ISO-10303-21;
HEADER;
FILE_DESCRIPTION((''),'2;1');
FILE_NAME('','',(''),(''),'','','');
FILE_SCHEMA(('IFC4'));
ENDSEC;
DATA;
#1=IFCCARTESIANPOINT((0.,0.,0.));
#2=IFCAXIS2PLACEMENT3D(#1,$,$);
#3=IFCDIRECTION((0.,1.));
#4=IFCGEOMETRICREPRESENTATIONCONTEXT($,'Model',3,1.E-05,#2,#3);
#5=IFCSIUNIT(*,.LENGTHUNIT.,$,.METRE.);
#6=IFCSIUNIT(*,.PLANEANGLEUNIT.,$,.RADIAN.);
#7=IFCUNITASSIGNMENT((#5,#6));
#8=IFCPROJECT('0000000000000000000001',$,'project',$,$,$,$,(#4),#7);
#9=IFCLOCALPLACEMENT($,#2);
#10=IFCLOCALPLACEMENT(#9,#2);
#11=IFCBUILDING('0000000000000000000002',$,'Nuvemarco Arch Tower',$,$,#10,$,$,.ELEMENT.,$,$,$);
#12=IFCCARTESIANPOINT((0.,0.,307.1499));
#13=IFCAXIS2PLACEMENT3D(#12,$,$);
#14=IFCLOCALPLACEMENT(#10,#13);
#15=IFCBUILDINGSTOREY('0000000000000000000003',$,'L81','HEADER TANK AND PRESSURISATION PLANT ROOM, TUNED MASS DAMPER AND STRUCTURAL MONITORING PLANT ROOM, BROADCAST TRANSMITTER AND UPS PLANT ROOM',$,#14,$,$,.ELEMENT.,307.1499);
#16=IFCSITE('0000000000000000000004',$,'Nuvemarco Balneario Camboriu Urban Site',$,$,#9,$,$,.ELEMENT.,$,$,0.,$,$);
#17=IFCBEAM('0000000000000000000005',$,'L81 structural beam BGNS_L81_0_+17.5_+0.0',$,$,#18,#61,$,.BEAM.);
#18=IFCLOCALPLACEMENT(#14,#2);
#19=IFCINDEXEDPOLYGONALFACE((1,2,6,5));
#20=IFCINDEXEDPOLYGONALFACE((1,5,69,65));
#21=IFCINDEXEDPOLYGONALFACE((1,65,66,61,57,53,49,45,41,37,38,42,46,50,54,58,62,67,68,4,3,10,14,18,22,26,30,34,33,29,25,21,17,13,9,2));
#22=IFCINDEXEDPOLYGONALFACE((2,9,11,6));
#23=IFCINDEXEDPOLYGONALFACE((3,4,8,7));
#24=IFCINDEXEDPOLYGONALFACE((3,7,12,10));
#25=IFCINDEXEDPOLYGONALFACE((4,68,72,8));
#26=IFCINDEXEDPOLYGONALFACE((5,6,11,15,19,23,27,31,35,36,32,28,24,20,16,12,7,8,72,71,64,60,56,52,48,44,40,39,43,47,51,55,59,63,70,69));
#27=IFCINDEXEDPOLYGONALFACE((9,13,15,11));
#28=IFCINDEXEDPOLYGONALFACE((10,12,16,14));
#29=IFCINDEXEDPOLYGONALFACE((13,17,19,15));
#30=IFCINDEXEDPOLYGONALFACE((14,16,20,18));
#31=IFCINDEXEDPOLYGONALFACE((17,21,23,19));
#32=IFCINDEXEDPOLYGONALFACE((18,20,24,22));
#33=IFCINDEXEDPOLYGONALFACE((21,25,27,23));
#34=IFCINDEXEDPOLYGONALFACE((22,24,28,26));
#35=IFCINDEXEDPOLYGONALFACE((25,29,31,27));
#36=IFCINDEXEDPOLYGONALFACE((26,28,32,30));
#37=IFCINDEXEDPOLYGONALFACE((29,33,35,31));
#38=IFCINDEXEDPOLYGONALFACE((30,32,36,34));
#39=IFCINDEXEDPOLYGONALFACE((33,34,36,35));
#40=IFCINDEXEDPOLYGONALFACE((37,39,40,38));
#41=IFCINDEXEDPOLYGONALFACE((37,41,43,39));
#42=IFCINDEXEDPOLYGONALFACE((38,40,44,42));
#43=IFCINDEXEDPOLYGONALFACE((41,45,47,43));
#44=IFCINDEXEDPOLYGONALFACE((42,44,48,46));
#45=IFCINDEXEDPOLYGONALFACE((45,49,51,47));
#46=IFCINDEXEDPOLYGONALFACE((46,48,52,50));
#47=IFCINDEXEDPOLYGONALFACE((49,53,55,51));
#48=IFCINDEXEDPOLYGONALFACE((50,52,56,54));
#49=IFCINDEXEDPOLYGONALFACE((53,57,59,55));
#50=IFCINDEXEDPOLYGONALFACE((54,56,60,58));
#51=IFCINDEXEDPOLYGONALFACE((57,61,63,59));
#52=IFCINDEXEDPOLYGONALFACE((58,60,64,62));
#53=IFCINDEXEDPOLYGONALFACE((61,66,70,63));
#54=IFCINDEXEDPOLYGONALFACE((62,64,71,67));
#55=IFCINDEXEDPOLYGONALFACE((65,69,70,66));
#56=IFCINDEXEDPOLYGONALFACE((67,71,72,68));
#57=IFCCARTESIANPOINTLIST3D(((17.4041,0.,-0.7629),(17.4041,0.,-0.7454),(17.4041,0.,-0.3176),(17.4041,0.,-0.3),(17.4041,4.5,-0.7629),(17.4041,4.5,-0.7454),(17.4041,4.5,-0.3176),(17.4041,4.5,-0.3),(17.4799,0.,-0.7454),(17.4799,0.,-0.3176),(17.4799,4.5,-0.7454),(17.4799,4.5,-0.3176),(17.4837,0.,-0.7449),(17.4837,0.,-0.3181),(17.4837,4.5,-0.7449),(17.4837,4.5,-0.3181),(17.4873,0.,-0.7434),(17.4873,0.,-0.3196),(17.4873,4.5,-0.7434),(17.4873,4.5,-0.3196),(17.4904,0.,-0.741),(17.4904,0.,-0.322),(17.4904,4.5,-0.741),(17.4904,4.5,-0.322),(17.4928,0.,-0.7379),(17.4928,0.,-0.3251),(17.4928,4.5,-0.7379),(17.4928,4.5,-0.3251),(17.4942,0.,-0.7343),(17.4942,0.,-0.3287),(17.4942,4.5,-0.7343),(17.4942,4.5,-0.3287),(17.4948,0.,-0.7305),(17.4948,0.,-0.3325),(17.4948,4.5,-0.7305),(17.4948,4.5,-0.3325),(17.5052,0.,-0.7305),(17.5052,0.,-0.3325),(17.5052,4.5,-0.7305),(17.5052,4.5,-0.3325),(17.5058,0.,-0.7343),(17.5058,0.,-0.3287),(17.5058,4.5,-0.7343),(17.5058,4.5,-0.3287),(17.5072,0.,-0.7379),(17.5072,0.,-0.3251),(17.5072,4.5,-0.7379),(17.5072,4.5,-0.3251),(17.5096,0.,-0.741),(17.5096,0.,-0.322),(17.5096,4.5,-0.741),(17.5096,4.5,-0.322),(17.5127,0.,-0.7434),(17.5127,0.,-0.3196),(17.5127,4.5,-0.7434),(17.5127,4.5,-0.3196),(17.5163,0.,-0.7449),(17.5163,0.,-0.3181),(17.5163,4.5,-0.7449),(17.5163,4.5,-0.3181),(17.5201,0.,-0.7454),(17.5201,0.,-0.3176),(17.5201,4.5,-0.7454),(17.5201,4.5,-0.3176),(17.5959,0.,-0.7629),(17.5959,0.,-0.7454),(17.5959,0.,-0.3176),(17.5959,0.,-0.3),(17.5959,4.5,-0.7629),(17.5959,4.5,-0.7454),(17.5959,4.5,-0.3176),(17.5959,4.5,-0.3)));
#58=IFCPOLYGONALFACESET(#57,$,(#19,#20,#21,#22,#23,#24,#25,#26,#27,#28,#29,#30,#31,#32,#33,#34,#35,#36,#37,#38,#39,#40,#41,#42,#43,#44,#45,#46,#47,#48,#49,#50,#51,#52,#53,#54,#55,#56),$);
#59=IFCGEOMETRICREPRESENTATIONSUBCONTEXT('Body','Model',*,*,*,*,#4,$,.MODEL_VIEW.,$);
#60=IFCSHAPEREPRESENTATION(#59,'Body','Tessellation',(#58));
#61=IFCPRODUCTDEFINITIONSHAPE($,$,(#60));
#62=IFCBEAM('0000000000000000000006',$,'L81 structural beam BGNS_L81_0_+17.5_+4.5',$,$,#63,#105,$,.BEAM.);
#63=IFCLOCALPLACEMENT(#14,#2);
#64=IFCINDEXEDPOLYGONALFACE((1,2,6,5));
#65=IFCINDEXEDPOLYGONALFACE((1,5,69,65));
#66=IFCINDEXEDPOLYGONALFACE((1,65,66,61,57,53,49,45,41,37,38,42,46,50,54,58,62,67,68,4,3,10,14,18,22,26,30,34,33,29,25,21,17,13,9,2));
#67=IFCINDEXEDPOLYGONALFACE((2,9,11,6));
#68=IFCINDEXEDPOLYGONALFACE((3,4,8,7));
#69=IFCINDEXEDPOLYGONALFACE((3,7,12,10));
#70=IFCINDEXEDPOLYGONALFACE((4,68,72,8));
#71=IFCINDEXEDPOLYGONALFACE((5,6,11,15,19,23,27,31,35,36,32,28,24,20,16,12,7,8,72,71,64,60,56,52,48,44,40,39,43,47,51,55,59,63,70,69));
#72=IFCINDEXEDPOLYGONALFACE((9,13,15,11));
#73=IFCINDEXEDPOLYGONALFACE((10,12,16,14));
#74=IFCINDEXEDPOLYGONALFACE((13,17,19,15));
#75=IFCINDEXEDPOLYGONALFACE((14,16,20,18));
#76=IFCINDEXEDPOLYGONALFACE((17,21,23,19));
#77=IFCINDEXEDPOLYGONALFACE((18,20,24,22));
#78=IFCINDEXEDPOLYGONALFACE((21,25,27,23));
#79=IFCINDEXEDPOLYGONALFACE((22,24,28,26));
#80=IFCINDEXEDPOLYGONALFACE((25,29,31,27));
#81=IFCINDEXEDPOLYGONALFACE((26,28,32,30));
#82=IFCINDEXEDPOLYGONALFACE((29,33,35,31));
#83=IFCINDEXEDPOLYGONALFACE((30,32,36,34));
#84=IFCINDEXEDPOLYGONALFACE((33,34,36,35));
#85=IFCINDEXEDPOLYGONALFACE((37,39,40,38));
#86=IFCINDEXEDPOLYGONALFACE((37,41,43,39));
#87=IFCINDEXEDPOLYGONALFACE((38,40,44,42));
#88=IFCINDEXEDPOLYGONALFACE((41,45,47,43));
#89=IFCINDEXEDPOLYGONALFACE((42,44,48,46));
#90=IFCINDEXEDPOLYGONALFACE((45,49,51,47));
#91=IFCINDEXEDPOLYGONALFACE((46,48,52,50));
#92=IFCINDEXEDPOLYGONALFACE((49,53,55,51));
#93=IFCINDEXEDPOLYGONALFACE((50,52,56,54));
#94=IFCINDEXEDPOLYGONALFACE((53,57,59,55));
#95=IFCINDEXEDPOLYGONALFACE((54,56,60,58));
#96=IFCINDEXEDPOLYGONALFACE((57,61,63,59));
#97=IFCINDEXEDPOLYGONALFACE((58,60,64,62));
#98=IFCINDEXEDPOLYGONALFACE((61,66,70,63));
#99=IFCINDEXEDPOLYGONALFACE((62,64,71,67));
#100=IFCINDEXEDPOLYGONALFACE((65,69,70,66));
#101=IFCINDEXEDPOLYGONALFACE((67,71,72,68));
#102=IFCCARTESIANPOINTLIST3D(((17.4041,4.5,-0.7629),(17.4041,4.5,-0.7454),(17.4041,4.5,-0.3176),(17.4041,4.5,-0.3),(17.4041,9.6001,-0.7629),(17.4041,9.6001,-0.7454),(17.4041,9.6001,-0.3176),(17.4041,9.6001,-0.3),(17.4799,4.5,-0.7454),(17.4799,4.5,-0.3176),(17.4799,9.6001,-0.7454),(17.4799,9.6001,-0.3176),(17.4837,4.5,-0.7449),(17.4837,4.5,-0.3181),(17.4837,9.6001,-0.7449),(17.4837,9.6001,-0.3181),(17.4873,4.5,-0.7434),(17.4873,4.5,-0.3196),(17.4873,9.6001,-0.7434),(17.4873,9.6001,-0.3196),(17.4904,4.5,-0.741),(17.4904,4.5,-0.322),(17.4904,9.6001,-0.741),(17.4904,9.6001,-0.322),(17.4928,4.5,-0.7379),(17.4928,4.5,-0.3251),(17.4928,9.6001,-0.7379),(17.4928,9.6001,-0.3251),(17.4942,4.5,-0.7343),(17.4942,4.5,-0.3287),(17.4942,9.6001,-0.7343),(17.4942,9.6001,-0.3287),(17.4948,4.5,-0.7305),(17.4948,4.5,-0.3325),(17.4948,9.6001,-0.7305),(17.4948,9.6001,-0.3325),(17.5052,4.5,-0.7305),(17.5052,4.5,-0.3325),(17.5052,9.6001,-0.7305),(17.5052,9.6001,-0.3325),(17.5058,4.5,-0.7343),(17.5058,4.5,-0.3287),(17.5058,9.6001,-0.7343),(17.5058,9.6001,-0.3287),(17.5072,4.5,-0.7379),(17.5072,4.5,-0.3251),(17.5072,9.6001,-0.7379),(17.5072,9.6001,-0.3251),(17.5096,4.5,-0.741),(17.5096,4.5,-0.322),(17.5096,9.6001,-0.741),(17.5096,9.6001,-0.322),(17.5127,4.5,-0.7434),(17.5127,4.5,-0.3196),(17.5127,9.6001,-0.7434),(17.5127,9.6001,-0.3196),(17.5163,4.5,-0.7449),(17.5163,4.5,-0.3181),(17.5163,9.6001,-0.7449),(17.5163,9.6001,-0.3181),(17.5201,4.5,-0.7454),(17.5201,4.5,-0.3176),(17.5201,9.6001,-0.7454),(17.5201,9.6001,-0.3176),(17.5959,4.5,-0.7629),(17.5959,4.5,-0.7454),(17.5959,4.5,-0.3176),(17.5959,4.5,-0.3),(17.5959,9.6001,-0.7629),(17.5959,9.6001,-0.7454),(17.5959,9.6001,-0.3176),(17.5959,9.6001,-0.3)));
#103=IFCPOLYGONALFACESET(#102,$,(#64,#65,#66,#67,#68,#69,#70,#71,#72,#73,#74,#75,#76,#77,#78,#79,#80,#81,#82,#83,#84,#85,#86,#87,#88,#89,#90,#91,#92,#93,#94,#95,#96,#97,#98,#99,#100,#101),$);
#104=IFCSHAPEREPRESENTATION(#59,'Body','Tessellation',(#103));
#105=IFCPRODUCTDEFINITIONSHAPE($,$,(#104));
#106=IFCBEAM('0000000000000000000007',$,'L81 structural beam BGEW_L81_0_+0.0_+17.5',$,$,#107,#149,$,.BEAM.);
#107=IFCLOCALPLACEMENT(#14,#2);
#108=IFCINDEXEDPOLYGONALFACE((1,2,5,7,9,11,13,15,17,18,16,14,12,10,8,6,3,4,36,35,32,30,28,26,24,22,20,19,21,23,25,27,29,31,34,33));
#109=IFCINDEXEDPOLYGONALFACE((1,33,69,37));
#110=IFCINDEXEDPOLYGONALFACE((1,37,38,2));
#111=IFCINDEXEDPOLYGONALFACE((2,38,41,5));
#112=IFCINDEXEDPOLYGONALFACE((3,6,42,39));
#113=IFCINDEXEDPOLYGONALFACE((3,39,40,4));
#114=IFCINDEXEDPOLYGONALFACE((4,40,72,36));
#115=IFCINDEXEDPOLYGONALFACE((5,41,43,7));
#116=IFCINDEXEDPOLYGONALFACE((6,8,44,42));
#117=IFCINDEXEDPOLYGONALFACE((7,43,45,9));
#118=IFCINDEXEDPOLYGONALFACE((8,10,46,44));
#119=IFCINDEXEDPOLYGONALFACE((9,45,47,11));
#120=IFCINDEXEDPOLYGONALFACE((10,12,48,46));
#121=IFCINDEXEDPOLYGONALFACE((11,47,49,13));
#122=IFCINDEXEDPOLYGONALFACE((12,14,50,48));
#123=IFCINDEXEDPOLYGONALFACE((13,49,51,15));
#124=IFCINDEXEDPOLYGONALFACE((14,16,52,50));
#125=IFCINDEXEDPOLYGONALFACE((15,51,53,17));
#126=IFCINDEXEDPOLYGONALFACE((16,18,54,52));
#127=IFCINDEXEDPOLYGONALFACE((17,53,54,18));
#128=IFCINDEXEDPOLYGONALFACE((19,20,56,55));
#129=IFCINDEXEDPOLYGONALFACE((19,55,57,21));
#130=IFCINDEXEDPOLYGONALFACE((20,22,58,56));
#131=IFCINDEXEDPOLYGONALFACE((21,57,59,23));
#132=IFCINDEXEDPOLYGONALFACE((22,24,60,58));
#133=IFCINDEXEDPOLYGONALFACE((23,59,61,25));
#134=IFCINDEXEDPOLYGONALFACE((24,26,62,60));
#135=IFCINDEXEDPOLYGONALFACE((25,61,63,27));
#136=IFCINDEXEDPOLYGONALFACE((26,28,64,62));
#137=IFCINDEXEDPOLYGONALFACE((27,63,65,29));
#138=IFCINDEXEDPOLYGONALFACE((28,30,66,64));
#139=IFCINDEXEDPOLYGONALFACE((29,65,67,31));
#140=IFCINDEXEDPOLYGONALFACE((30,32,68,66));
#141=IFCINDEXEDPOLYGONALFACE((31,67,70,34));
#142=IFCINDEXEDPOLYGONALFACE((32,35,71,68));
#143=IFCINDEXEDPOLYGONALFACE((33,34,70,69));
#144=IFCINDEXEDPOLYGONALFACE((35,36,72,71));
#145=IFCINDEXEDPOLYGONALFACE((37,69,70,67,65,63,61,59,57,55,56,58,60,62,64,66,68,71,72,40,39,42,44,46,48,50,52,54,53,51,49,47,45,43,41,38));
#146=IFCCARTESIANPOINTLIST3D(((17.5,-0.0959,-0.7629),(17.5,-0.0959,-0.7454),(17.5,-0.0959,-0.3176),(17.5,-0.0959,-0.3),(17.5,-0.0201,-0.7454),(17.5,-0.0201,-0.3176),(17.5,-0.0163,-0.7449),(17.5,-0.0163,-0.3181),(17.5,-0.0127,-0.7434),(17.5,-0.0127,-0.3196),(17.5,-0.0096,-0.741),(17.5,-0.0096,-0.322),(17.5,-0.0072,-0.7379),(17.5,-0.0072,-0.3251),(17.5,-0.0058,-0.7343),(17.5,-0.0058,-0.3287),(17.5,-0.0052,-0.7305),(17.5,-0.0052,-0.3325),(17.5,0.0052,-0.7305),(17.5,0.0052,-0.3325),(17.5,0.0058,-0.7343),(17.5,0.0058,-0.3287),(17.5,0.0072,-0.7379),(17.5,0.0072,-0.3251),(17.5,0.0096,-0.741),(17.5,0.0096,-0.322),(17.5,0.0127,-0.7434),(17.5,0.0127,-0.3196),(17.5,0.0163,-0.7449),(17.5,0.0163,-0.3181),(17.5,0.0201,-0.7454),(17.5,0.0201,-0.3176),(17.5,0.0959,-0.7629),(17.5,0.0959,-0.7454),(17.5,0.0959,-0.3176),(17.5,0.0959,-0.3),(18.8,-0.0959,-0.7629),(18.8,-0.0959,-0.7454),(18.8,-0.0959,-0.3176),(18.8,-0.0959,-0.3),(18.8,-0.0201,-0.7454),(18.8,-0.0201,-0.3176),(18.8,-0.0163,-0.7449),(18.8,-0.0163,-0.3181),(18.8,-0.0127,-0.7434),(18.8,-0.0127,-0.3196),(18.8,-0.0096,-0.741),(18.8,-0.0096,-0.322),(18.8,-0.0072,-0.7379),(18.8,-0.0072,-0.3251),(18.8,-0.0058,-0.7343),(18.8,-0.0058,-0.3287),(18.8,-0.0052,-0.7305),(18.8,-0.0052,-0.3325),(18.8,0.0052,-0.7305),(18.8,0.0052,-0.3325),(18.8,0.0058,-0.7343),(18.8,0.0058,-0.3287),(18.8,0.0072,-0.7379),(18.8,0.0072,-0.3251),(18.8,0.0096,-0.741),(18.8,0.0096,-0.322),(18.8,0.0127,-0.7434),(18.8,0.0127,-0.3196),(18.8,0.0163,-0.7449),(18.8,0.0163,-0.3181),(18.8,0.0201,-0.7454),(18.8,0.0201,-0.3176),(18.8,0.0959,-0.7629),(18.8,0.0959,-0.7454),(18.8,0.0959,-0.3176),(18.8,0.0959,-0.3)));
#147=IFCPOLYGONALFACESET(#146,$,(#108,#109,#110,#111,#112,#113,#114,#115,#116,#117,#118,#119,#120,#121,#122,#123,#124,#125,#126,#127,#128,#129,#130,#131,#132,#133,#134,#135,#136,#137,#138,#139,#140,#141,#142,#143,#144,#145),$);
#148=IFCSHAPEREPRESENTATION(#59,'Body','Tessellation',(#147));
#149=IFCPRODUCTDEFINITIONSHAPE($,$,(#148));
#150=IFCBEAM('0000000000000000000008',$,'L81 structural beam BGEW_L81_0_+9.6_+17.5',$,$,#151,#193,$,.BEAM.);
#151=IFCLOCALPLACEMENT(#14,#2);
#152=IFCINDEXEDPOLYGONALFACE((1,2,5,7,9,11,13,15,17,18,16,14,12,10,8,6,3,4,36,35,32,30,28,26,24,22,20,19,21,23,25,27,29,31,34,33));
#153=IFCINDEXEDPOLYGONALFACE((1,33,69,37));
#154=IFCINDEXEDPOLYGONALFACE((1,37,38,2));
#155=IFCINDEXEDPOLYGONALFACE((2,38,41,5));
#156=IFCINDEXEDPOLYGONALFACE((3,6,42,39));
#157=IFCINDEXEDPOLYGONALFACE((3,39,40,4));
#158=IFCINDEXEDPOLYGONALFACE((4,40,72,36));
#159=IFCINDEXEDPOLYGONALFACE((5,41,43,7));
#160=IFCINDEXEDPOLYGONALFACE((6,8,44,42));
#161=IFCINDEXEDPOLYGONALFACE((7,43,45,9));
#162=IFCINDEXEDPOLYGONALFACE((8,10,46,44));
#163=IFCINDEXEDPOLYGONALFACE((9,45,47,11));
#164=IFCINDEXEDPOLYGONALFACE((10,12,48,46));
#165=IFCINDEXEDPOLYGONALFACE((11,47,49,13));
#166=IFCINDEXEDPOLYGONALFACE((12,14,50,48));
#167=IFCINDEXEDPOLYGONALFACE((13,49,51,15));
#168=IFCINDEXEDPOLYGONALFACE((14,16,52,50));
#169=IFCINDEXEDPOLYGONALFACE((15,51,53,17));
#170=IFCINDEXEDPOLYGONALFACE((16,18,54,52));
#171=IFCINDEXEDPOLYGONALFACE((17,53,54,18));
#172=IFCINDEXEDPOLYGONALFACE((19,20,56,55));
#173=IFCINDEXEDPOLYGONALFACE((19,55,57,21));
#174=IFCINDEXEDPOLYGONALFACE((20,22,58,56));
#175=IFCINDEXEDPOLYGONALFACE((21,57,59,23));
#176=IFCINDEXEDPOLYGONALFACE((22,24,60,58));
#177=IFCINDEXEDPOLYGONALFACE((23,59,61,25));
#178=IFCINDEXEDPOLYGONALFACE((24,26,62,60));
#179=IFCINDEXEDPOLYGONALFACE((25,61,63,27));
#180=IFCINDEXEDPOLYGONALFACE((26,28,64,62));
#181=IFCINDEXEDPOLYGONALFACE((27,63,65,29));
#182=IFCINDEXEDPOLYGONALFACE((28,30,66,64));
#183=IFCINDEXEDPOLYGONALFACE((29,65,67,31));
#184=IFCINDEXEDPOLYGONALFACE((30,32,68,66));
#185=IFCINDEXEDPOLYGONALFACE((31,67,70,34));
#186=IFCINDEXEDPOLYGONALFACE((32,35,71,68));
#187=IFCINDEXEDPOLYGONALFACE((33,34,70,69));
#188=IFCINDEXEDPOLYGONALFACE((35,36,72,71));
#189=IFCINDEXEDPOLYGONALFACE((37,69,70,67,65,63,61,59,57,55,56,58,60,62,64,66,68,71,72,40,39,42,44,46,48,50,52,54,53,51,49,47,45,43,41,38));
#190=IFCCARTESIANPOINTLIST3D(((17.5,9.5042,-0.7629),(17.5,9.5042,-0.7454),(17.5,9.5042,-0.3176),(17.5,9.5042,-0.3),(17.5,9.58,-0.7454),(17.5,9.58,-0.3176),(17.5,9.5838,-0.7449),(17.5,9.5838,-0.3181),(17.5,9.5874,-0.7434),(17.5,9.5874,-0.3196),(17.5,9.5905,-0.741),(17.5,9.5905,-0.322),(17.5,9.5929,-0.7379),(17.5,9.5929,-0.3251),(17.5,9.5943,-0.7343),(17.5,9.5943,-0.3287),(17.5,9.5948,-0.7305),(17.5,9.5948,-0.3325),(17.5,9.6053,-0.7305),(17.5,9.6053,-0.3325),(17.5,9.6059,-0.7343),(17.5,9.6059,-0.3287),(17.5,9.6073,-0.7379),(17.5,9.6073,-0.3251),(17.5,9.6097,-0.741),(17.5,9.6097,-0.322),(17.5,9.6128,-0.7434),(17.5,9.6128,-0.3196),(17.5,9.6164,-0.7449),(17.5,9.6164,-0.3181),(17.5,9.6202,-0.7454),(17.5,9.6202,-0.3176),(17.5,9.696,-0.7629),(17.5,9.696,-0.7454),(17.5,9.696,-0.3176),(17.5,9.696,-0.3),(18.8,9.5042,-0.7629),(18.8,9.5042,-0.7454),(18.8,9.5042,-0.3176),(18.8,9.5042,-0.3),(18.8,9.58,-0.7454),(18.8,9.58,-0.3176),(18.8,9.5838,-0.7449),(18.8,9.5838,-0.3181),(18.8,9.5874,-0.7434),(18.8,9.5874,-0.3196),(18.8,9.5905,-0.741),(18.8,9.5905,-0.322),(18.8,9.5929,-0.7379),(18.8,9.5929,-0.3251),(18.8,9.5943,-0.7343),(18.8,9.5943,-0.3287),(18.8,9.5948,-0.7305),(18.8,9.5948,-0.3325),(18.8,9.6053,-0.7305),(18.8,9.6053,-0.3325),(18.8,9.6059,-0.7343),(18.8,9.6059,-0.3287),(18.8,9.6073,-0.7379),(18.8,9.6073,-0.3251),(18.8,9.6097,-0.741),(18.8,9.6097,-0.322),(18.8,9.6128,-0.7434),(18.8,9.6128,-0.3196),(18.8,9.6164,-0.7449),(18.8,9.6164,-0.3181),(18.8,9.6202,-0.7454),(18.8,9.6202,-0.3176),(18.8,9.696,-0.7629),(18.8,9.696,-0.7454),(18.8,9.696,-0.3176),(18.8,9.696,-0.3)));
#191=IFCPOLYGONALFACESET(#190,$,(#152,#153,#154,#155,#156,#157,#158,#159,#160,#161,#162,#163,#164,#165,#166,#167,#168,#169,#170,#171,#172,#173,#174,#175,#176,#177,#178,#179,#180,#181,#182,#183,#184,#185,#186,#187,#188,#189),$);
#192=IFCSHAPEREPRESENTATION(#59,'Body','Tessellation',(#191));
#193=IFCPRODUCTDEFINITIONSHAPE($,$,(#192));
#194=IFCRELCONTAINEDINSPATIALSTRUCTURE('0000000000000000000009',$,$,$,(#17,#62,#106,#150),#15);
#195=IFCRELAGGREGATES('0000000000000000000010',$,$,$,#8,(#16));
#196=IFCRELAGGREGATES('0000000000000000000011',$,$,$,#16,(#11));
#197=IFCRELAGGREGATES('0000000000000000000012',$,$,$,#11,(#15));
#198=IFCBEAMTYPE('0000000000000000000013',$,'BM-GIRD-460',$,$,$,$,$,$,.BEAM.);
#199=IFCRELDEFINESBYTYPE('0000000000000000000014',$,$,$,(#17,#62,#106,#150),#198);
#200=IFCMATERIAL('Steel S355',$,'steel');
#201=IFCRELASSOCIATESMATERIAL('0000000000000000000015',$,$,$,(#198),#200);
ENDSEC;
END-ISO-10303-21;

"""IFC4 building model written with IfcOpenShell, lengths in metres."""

from ifc_helpers import new_model, si_unit, direction, frame, origin, origin_2d, place, context, subcontext, project, spatial, i_section, extrude, material, material_profile, profile_set, type_object, element, save


model = new_model("IFC4")

# Units and contexts
model_context = context("Model", 3, precision=1e-05, world=origin(), true_north=direction((0.0, 1.0)))
body_context = subcontext(model_context, "Body", "Model", "MODEL_VIEW")
ifc_project = project(units=[si_unit("LENGTHUNIT", "METRE"), si_unit("PLANEANGLEUNIT", "RADIAN")], contexts=[model_context])

# Site, building, storey
site_placement = place(None, origin())
site = spatial("IfcSite", under=ifc_project, at=site_placement, Name="Nuvemarco Balneario Camboriu Urban Site", CompositionType="ELEMENT", RefElevation=0.0)
building_placement = place(site_placement, origin())
building = spatial("IfcBuilding", under=site, at=building_placement, Name="Nuvemarco Arch Tower", CompositionType="ELEMENT")
storey_placement = place(building_placement, frame((0.0, 0.0, 307.1499)))
storey = spatial("IfcBuildingStorey", under=building, at=storey_placement, Name="L81", Description="HEADER TANK AND PRESSURISATION PLANT ROOM, TUNED MASS DAMPER AND STRUCTURAL MONITORING PLANT ROOM, BROADCAST TRANSMITTER AND UPS PLANT ROOM", CompositionType="ELEMENT", Elevation=307.1499)

# Shared definitions
ifc_material_1 = material(Name="Steel S355", Category="steel")

# Beams
ifc_material_profile_1 = material_profile(ifc_material_1, i_section(OverallWidth=0.1919, OverallDepth=0.4629, WebThickness=0.0105, FlangeThickness=0.0176, FilletRadius=0.0149, at=origin_2d()), Name="W460x89")
ifc_profile_set_1 = profile_set([ifc_material_profile_1], Name="Steel S355")
beam_type_1 = type_object("IfcBeamType", Name="BM-GIRD-460", PredefinedType="BEAM", material=ifc_profile_set_1)
beam_1_placement = place(storey_placement, frame((17.5, 0.0, -0.5315), z_axis=(0.0, 1.0, 0.0), x_axis=(-1.0, 0.0, 0.0)))
element("IfcBeam", 1, at=beam_1_placement, inside=storey, type_object=beam_type_1, Name="L81 structural beam BGNS_L81_0_+17.5_+0.0", PredefinedType="BEAM", context=body_context, shape_type="SweptSolid", body=[
    extrude(i_section(OverallWidth=0.1919, OverallDepth=0.4629, WebThickness=0.0105, FlangeThickness=0.0176, FilletRadius=0.0149, at=origin_2d()), origin(), (0.0, 0.0, 1.0), 4.5),
])
beam_2_placement = place(storey_placement, frame((17.5, 4.5, -0.5315), z_axis=(0.0, 1.0, 0.0), x_axis=(-1.0, 0.0, 0.0)))
element("IfcBeam", 2, at=beam_2_placement, inside=storey, type_object=beam_type_1, Name="L81 structural beam BGNS_L81_0_+17.5_+4.5", PredefinedType="BEAM", context=body_context, shape_type="SweptSolid", body=[
    extrude(i_section(OverallWidth=0.1919, OverallDepth=0.4629, WebThickness=0.0105, FlangeThickness=0.0176, FilletRadius=0.0149, at=origin_2d()), origin(), (0.0, 0.0, 1.0), 5.1001),
])
for number, where, z_axis, x_axis, name in (
    (3, (17.5, 0.0, -0.5315), (1.0, 0.0, 0.0), (0.0, 1.0, 0.0), "L81 structural beam BGEW_L81_0_+0.0_+17.5"),
    (4, (17.5, 9.6001, -0.5315), (1.0, 0.0, 0.0), (0.0, 1.0, 0.0), "L81 structural beam BGEW_L81_0_+9.6_+17.5"),
):
    element("IfcBeam", number, at=place(storey_placement, frame(where, z_axis=z_axis, x_axis=x_axis)), inside=storey, type_object=beam_type_1, Name=name, PredefinedType="BEAM", context=body_context, shape_type="SweptSolid", body=[
        extrude(i_section(OverallWidth=0.1919, OverallDepth=0.4629, WebThickness=0.0105, FlangeThickness=0.0176, FilletRadius=0.0149, at=origin_2d()), origin(), (0.0, 0.0, 1.0), 1.3),
    ])

save(model, "model.ifc")
